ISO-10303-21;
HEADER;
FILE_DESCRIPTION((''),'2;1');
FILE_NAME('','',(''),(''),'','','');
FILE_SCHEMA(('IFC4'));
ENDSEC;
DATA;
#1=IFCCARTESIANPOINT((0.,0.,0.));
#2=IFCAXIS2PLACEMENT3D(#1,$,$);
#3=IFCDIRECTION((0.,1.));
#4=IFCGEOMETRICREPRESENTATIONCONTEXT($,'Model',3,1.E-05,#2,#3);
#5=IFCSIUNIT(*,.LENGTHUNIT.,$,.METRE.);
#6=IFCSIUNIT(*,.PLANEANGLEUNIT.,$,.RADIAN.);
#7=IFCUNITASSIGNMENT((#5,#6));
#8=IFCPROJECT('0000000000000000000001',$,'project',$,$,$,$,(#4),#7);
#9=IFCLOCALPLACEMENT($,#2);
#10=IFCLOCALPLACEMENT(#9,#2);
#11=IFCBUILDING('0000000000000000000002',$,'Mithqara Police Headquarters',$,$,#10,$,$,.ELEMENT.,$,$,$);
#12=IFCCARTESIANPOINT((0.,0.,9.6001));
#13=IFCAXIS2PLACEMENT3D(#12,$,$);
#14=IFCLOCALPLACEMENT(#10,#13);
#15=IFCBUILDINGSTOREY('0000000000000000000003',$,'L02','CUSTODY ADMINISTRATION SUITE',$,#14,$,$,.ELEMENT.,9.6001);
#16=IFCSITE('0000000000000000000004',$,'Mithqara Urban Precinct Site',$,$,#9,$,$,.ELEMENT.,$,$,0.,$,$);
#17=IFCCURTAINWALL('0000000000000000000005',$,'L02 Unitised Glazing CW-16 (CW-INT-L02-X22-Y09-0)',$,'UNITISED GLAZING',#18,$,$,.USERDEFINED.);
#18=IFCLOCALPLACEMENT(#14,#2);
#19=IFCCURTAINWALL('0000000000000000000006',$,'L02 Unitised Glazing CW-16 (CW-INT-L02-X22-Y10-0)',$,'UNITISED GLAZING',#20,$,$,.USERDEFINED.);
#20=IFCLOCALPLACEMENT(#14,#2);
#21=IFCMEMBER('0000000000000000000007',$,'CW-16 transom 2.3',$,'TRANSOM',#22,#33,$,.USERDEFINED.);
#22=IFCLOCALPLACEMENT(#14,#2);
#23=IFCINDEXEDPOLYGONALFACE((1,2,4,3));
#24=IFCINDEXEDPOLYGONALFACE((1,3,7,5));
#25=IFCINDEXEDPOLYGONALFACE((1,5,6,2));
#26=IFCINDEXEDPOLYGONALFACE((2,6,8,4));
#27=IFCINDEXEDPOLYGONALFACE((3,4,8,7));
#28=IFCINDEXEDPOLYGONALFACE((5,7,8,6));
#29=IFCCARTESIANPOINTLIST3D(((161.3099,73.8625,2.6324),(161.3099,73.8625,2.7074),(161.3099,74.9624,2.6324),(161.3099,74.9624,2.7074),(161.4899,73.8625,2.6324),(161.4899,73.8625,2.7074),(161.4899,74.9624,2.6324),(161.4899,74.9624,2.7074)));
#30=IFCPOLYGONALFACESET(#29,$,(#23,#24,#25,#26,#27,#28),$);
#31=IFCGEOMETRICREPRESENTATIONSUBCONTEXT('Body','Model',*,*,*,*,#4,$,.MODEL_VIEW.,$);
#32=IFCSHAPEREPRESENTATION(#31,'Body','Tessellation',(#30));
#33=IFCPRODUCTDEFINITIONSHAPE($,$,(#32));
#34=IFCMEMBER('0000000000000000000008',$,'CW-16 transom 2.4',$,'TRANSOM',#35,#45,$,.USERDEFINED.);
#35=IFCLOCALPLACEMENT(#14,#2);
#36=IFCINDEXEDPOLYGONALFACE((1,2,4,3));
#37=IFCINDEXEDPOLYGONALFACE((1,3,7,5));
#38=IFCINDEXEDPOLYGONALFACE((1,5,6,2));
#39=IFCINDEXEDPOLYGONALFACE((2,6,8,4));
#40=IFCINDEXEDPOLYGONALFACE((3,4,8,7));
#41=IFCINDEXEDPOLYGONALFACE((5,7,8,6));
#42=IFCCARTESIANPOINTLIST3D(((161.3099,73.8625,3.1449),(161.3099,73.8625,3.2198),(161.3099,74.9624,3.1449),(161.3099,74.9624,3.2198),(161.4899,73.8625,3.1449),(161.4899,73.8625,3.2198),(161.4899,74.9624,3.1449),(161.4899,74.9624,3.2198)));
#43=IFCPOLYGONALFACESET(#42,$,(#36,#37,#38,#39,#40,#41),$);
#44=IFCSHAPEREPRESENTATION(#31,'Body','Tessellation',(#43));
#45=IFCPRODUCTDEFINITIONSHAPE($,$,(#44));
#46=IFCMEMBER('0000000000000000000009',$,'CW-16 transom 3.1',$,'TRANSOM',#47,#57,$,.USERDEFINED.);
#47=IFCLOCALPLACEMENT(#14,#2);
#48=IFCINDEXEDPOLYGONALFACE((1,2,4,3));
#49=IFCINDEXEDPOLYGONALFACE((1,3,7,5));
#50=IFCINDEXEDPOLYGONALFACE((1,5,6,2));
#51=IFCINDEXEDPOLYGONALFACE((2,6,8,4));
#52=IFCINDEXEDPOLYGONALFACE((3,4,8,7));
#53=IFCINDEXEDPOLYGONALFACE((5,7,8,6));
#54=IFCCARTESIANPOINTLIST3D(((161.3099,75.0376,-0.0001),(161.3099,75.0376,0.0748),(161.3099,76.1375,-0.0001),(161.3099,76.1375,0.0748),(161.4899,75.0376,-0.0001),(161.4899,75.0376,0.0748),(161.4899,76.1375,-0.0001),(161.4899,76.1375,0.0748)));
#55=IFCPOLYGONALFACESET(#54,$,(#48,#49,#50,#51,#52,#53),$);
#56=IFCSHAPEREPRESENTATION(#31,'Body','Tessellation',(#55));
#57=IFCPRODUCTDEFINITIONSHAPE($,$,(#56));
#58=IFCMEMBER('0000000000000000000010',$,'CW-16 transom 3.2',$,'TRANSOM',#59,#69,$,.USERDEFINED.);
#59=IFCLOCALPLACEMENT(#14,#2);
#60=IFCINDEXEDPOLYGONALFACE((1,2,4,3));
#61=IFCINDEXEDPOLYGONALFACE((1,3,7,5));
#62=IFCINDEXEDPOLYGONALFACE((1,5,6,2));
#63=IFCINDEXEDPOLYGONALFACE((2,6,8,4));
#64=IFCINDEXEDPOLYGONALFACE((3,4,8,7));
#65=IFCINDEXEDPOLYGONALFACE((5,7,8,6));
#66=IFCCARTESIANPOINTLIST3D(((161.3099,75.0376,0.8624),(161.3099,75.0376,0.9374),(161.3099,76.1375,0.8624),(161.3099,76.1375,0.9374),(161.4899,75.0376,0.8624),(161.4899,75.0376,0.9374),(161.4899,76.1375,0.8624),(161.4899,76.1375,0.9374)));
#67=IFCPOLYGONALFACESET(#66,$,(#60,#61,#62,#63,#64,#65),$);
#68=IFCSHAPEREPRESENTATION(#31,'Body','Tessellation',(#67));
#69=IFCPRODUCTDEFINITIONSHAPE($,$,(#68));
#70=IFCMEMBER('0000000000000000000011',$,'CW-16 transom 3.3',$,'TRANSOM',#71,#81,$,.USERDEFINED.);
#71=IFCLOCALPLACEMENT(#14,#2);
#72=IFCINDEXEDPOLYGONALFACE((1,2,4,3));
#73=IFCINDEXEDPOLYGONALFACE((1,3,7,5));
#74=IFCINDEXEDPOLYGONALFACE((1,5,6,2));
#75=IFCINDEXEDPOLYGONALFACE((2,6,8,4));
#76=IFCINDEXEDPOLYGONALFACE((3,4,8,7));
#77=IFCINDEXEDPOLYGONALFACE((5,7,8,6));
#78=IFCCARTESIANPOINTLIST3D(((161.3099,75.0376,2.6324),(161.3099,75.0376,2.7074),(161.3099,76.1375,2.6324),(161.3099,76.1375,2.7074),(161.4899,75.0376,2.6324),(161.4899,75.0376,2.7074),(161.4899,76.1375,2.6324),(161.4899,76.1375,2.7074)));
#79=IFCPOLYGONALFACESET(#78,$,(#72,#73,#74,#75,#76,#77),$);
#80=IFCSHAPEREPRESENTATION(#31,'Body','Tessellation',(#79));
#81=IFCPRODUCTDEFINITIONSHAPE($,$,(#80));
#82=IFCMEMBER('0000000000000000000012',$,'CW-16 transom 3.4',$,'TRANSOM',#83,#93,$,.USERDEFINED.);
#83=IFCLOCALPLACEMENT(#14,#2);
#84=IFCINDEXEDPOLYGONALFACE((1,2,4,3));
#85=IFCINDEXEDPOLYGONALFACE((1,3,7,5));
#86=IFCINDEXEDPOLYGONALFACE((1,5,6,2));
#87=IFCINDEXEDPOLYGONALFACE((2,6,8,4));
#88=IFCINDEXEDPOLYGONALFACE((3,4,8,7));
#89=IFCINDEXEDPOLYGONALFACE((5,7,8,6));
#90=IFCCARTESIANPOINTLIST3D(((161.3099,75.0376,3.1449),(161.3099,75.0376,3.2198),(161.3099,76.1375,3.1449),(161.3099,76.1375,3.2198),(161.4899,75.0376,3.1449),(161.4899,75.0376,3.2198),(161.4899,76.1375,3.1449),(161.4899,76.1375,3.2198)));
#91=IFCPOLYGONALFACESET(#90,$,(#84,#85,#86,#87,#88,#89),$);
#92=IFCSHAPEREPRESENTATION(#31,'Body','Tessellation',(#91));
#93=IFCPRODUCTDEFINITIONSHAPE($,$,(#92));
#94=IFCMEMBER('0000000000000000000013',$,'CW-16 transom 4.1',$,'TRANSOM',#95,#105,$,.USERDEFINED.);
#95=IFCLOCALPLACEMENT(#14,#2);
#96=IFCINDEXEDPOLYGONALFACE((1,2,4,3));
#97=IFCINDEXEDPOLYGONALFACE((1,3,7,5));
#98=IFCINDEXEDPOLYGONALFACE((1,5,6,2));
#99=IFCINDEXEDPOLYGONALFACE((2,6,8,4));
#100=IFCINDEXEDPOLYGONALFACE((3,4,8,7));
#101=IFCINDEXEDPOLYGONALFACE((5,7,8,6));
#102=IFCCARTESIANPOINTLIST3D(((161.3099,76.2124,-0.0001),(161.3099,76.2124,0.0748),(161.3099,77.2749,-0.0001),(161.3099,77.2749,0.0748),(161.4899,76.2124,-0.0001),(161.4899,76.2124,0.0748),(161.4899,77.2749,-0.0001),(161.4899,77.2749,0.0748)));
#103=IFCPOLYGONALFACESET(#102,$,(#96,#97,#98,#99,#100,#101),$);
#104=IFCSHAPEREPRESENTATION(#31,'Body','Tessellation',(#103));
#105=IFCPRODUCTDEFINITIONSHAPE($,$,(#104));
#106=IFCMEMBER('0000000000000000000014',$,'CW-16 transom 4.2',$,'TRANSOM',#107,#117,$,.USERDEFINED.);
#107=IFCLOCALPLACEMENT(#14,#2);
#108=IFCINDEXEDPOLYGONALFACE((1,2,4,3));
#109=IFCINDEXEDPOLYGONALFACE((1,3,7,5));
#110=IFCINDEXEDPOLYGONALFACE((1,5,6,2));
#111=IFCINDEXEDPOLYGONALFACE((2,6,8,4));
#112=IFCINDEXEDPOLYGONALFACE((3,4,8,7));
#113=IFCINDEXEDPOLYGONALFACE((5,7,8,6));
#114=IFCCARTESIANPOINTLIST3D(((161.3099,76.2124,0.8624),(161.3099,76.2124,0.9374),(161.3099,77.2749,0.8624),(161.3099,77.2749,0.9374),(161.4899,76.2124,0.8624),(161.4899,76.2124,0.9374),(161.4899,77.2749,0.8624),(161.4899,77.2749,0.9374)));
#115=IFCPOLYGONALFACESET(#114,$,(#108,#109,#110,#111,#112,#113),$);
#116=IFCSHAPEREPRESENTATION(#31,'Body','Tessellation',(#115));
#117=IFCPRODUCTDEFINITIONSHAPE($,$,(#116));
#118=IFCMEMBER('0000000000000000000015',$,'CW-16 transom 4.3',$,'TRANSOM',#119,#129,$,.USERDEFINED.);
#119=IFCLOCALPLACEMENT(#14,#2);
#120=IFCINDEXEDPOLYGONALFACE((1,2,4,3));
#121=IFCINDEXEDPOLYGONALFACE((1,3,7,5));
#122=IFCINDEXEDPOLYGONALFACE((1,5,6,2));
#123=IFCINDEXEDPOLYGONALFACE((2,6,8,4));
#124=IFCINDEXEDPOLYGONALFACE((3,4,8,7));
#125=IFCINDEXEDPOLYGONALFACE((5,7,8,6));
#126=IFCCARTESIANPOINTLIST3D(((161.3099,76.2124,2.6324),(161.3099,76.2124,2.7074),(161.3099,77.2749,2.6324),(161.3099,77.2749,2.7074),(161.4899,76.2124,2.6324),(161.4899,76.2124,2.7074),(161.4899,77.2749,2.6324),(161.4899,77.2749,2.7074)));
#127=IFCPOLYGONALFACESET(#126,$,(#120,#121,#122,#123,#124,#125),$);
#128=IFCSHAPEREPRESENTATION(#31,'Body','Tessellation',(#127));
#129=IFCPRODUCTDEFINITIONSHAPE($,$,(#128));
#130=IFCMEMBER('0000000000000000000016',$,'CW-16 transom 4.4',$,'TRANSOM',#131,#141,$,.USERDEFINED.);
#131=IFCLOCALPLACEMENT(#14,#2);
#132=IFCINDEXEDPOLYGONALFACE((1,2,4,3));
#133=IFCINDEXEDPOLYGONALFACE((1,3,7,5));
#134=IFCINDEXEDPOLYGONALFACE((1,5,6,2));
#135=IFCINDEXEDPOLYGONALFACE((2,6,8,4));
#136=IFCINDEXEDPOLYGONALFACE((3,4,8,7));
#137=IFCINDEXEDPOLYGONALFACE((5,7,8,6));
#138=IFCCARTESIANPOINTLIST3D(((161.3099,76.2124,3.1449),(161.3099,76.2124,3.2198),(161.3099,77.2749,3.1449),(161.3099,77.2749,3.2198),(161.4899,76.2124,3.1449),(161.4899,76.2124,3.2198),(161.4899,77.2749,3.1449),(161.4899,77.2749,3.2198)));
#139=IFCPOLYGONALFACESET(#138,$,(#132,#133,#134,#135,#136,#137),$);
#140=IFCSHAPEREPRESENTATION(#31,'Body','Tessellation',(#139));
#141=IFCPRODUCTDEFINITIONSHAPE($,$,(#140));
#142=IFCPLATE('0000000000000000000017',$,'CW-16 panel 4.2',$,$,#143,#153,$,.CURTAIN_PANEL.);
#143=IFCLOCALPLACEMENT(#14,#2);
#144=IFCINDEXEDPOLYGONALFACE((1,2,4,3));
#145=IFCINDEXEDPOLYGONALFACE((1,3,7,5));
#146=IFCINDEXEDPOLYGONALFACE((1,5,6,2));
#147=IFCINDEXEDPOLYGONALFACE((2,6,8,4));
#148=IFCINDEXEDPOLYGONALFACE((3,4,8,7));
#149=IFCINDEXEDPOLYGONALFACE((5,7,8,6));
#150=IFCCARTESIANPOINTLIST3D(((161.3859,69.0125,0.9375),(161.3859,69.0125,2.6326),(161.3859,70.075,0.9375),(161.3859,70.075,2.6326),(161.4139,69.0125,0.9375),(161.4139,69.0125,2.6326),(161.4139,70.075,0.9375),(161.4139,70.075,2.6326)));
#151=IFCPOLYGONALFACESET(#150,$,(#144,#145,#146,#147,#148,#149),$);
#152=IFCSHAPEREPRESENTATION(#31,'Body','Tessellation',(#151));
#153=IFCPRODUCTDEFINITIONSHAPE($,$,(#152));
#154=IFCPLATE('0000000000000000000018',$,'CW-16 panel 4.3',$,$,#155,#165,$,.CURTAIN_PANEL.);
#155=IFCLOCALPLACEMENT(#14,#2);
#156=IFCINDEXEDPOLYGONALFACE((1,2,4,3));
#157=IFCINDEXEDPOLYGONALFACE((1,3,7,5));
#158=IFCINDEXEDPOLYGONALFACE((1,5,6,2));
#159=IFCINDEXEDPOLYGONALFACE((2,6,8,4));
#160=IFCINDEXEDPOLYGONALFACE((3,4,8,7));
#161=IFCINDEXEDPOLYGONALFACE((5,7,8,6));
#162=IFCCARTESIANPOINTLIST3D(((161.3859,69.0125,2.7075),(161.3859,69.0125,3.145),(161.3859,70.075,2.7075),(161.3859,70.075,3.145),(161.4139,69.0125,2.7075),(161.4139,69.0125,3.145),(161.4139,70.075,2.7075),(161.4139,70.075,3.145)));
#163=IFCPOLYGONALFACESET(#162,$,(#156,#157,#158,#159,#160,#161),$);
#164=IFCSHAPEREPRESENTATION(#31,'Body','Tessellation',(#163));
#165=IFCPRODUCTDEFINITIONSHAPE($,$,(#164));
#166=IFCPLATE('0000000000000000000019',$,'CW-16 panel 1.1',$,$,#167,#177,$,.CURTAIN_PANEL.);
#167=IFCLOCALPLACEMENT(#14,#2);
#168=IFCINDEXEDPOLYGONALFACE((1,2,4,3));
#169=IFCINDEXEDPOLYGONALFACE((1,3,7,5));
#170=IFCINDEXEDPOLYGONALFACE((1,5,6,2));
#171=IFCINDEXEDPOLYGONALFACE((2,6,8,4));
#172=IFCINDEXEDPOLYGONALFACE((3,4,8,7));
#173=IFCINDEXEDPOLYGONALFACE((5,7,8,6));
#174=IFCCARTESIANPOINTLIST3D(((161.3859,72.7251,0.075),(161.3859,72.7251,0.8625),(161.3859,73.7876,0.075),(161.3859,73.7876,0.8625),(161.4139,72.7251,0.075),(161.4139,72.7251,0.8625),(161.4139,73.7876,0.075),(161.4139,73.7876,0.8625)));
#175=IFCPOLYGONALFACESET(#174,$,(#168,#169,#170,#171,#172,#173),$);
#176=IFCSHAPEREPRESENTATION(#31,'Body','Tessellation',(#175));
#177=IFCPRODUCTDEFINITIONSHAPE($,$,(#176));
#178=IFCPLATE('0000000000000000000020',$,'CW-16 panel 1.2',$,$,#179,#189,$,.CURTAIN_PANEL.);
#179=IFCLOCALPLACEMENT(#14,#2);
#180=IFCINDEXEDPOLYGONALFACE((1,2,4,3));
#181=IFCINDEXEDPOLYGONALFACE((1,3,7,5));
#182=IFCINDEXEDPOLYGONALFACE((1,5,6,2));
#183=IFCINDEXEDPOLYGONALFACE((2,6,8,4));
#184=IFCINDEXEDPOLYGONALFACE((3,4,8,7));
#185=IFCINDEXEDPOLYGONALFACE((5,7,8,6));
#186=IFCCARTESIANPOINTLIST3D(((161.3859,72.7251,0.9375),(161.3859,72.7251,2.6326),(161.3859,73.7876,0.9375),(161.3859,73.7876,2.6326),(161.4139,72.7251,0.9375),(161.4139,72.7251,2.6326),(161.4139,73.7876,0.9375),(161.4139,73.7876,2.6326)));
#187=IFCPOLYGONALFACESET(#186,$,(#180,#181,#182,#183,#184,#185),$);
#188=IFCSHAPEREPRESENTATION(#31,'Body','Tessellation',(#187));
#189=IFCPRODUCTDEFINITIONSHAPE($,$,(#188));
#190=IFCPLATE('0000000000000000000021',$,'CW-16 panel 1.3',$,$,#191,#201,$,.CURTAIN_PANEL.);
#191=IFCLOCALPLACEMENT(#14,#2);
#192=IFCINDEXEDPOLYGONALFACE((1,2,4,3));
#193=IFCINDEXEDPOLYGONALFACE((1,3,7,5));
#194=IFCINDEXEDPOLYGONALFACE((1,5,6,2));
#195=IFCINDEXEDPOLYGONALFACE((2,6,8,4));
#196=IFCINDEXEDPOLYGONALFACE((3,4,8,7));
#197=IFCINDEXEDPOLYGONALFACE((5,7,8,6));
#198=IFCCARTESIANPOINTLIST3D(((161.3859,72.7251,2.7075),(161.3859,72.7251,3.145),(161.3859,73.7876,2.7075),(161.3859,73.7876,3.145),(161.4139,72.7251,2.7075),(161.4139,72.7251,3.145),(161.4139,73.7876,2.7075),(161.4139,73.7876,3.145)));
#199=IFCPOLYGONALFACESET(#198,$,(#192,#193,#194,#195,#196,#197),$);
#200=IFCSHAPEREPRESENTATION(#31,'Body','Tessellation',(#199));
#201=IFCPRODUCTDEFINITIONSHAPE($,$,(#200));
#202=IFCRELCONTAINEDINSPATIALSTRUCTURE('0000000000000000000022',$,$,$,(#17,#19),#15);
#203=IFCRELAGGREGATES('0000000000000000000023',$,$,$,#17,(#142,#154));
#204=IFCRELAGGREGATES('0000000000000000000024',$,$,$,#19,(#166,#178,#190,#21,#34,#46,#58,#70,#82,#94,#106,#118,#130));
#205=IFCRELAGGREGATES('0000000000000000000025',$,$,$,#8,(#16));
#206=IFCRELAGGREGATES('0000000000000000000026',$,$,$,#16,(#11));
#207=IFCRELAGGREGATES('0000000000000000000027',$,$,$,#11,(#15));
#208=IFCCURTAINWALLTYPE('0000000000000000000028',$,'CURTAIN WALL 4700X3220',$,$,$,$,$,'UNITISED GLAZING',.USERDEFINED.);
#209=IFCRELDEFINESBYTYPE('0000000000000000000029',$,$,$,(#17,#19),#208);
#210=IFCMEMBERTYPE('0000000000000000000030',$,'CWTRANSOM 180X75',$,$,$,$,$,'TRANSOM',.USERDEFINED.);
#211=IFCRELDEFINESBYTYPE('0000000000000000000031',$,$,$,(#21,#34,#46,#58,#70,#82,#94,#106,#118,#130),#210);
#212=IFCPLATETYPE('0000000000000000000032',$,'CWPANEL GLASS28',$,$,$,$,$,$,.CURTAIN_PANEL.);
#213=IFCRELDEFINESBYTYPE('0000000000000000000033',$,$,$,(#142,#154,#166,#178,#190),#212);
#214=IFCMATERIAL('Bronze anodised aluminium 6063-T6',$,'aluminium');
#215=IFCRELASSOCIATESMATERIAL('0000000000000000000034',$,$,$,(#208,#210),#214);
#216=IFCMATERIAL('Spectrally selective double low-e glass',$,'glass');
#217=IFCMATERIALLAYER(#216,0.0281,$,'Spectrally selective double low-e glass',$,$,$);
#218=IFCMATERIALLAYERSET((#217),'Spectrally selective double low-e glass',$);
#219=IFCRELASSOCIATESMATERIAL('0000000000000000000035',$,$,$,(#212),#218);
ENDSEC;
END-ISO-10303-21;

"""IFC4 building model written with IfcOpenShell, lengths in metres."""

from ifc_helpers import new_model, si_unit, direction, frame, origin, origin_2d, place, context, subcontext, project, spatial, rectangle, extrude, material, layer, layer_set, material_profile, profile_set, type_object, element, aggregate, save


model = new_model("IFC4")

# Units and contexts
model_context = context("Model", 3, precision=1e-05, world=origin(), true_north=direction((0.0, 1.0)))
body_context = subcontext(model_context, "Body", "Model", "MODEL_VIEW")
ifc_project = project(units=[si_unit("LENGTHUNIT", "METRE"), si_unit("PLANEANGLEUNIT", "RADIAN")], contexts=[model_context])

# Site, building, storey
site_placement = place(None, origin())
site = spatial("IfcSite", under=ifc_project, at=site_placement, Name="Mithqara Urban Precinct Site", CompositionType="ELEMENT", RefElevation=0.0)
building_placement = place(site_placement, origin())
building = spatial("IfcBuilding", under=site, at=building_placement, Name="Mithqara Police Headquarters", CompositionType="ELEMENT")
storey_placement = place(building_placement, frame((0.0, 0.0, 9.6001)))
storey = spatial("IfcBuildingStorey", under=building, at=storey_placement, Name="L02", Description="CUSTODY ADMINISTRATION SUITE", CompositionType="ELEMENT", Elevation=9.6001)

# Curtain wall
ifc_material_1 = material(Name="Bronze anodised aluminium 6063-T6", Category="aluminium")
curtain_wall_type = type_object("IfcCurtainWallType", Name="CURTAIN WALL 4700X3220", ElementType="UNITISED GLAZING", PredefinedType="USERDEFINED", material=ifc_material_1)
curtain_wall_1_placement = place(storey_placement, origin())
curtain_wall_1 = element("IfcCurtainWall", 1, at=curtain_wall_1_placement, inside=storey, type_object=curtain_wall_type, Name="L02 Unitised Glazing CW-16 (CW-INT-L02-X22-Y09-0)", ObjectType="UNITISED GLAZING", PredefinedType="USERDEFINED")

# Curtain wall, members
curtain_wall_2_placement = place(storey_placement, origin())
curtain_wall_2 = element("IfcCurtainWall", 2, at=curtain_wall_2_placement, inside=storey, type_object=curtain_wall_type, Name="L02 Unitised Glazing CW-16 (CW-INT-L02-X22-Y10-0)", ObjectType="UNITISED GLAZING", PredefinedType="USERDEFINED")
ifc_material_profile_1 = material_profile(ifc_material_1, rectangle(XDim=0.1799, YDim=0.075, at=origin_2d()), Name="CWT 180x75")
ifc_profile_set_1 = profile_set([ifc_material_profile_1], Name="Bronze anodised aluminium 6063-T6")
member_type_1 = type_object("IfcMemberType", Name="CWTRANSOM 180X75", ElementType="TRANSOM", PredefinedType="USERDEFINED", material=ifc_profile_set_1)
member_1_placement = place(storey_placement, frame((161.3999, 73.8625, 2.6699), z_axis=(0.0, 1.0, 0.0), x_axis=(-1.0, 0.0, 0.0)))
member_1 = element("IfcMember", 3, at=member_1_placement, type_object=member_type_1, Name="CW-16 transom 2.3", ObjectType="TRANSOM", PredefinedType="USERDEFINED", context=body_context, shape_type="SweptSolid", body=[
    extrude(rectangle(XDim=0.1799, YDim=0.075, at=origin_2d()), origin(), (0.0, 0.0, 1.0), 1.0999),
])
member_2_placement = place(storey_placement, frame((161.3999, 73.8625, 3.1824), z_axis=(0.0, 1.0, 0.0), x_axis=(-1.0, 0.0, 0.0)))
member_2 = element("IfcMember", 4, at=member_2_placement, type_object=member_type_1, Name="CW-16 transom 2.4", ObjectType="TRANSOM", PredefinedType="USERDEFINED", context=body_context, shape_type="SweptSolid", body=[
    extrude(rectangle(XDim=0.1799, YDim=0.075, at=origin_2d()), origin(), (0.0, 0.0, 1.0), 1.0999),
])
member_3_placement = place(storey_placement, frame((161.3999, 75.0376, 0.0374), z_axis=(0.0, 1.0, 0.0), x_axis=(-1.0, 0.0, 0.0)))
member_3 = element("IfcMember", 5, at=member_3_placement, type_object=member_type_1, Name="CW-16 transom 3.1", ObjectType="TRANSOM", PredefinedType="USERDEFINED", context=body_context, shape_type="SweptSolid", body=[
    extrude(rectangle(XDim=0.1799, YDim=0.075, at=origin_2d()), origin(), (0.0, 0.0, 1.0), 1.0999),
])
member_4_placement = place(storey_placement, frame((161.3999, 75.0376, 0.8999), z_axis=(0.0, 1.0, 0.0), x_axis=(-1.0, 0.0, 0.0)))
member_4 = element("IfcMember", 6, at=member_4_placement, type_object=member_type_1, Name="CW-16 transom 3.2", ObjectType="TRANSOM", PredefinedType="USERDEFINED", context=body_context, shape_type="SweptSolid", body=[
    extrude(rectangle(XDim=0.1799, YDim=0.075, at=origin_2d()), origin(), (0.0, 0.0, 1.0), 1.0999),
])
member_5_placement = place(storey_placement, frame((161.3999, 75.0376, 2.6699), z_axis=(0.0, 1.0, 0.0), x_axis=(-1.0, 0.0, 0.0)))
member_5 = element("IfcMember", 7, at=member_5_placement, type_object=member_type_1, Name="CW-16 transom 3.3", ObjectType="TRANSOM", PredefinedType="USERDEFINED", context=body_context, shape_type="SweptSolid", body=[
    extrude(rectangle(XDim=0.1799, YDim=0.075, at=origin_2d()), origin(), (0.0, 0.0, 1.0), 1.0999),
])
member_6_placement = place(storey_placement, frame((161.3999, 75.0376, 3.1824), z_axis=(0.0, 1.0, 0.0), x_axis=(-1.0, 0.0, 0.0)))
member_6 = element("IfcMember", 8, at=member_6_placement, type_object=member_type_1, Name="CW-16 transom 3.4", ObjectType="TRANSOM", PredefinedType="USERDEFINED", context=body_context, shape_type="SweptSolid", body=[
    extrude(rectangle(XDim=0.1799, YDim=0.075, at=origin_2d()), origin(), (0.0, 0.0, 1.0), 1.0999),
])
member_7_placement = place(storey_placement, frame((161.3999, 76.2124, 0.0374), z_axis=(0.0, 1.0, 0.0), x_axis=(-1.0, 0.0, 0.0)))
member_7 = element("IfcMember", 9, at=member_7_placement, type_object=member_type_1, Name="CW-16 transom 4.1", ObjectType="TRANSOM", PredefinedType="USERDEFINED", context=body_context, shape_type="SweptSolid", body=[
    extrude(rectangle(XDim=0.1799, YDim=0.075, at=origin_2d()), origin(), (0.0, 0.0, 1.0), 1.0625),
])
member_8_placement = place(storey_placement, frame((161.3999, 76.2124, 0.8999), z_axis=(0.0, 1.0, 0.0), x_axis=(-1.0, 0.0, 0.0)))
member_8 = element("IfcMember", 10, at=member_8_placement, type_object=member_type_1, Name="CW-16 transom 4.2", ObjectType="TRANSOM", PredefinedType="USERDEFINED", context=body_context, shape_type="SweptSolid", body=[
    extrude(rectangle(XDim=0.1799, YDim=0.075, at=origin_2d()), origin(), (0.0, 0.0, 1.0), 1.0625),
])
member_9_placement = place(storey_placement, frame((161.3999, 76.2124, 2.6699), z_axis=(0.0, 1.0, 0.0), x_axis=(-1.0, 0.0, 0.0)))
member_9 = element("IfcMember", 11, at=member_9_placement, type_object=member_type_1, Name="CW-16 transom 4.3", ObjectType="TRANSOM", PredefinedType="USERDEFINED", context=body_context, shape_type="SweptSolid", body=[
    extrude(rectangle(XDim=0.1799, YDim=0.075, at=origin_2d()), origin(), (0.0, 0.0, 1.0), 1.0625),
])
member_10_placement = place(storey_placement, frame((161.3999, 76.2124, 3.1824), z_axis=(0.0, 1.0, 0.0), x_axis=(-1.0, 0.0, 0.0)))
member_10 = element("IfcMember", 12, at=member_10_placement, type_object=member_type_1, Name="CW-16 transom 4.4", ObjectType="TRANSOM", PredefinedType="USERDEFINED", context=body_context, shape_type="SweptSolid", body=[
    extrude(rectangle(XDim=0.1799, YDim=0.075, at=origin_2d()), origin(), (0.0, 0.0, 1.0), 1.0625),
])

# Plates
ifc_material_2 = material(Name="Spectrally selective double low-e glass", Category="glass")
ifc_layer_1 = layer(ifc_material_2, 0.0281, Name="Spectrally selective double low-e glass")
ifc_layer_set_1 = layer_set([ifc_layer_1], Name="Spectrally selective double low-e glass")
plate_type = type_object("IfcPlateType", Name="CWPANEL GLASS28", PredefinedType="CURTAIN_PANEL", material=ifc_layer_set_1)
plate_1_placement = place(storey_placement, frame((161.3999, 69.5437, 0.9375), z_axis=(0.0, 0.0, 1.0), x_axis=(0.0, 1.0, 0.0)))
plate_1 = element("IfcPlate", 13, at=plate_1_placement, type_object=plate_type, Name="CW-16 panel 4.2", PredefinedType="CURTAIN_PANEL", context=body_context, shape_type="SweptSolid", body=[
    extrude(rectangle(XDim=1.0625, YDim=0.0281, at=origin_2d()), origin(), (0.0, 0.0, 1.0), 1.6951),
])
plate_2_placement = place(storey_placement, frame((161.3999, 69.5437, 2.7075), z_axis=(0.0, 0.0, 1.0), x_axis=(0.0, 1.0, 0.0)))
plate_2 = element("IfcPlate", 14, at=plate_2_placement, type_object=plate_type, Name="CW-16 panel 4.3", PredefinedType="CURTAIN_PANEL", context=body_context, shape_type="SweptSolid", body=[
    extrude(rectangle(XDim=1.0625, YDim=0.0281, at=origin_2d()), origin(), (0.0, 0.0, 1.0), 0.4375),
])
aggregate(curtain_wall_1, [plate_1, plate_2])
plate_3_placement = place(storey_placement, frame((161.3999, 73.2563, 0.075), z_axis=(0.0, 0.0, 1.0), x_axis=(0.0, 1.0, 0.0)))
plate_3 = element("IfcPlate", 15, at=plate_3_placement, type_object=plate_type, Name="CW-16 panel 1.1", PredefinedType="CURTAIN_PANEL", context=body_context, shape_type="SweptSolid", body=[
    extrude(rectangle(XDim=1.0625, YDim=0.0281, at=origin_2d()), origin(), (0.0, 0.0, 1.0), 0.7876),
])
plate_4_placement = place(storey_placement, frame((161.3999, 73.2563, 0.9375), z_axis=(0.0, 0.0, 1.0), x_axis=(0.0, 1.0, 0.0)))
plate_4 = element("IfcPlate", 16, at=plate_4_placement, type_object=plate_type, Name="CW-16 panel 1.2", PredefinedType="CURTAIN_PANEL", context=body_context, shape_type="SweptSolid", body=[
    extrude(rectangle(XDim=1.0625, YDim=0.0281, at=origin_2d()), origin(), (0.0, 0.0, 1.0), 1.6951),
])
plate_5_placement = place(storey_placement, frame((161.3999, 73.2563, 2.7075), z_axis=(0.0, 0.0, 1.0), x_axis=(0.0, 1.0, 0.0)))
plate_5 = element("IfcPlate", 17, at=plate_5_placement, type_object=plate_type, Name="CW-16 panel 1.3", PredefinedType="CURTAIN_PANEL", context=body_context, shape_type="SweptSolid", body=[
    extrude(rectangle(XDim=1.0625, YDim=0.0281, at=origin_2d()), origin(), (0.0, 0.0, 1.0), 0.4375),
])
aggregate(curtain_wall_2, [plate_3, plate_4, plate_5, member_1, member_2, member_3, member_4, member_5, member_6, member_7, member_8, member_9, member_10])

save(model, "model.ifc")
